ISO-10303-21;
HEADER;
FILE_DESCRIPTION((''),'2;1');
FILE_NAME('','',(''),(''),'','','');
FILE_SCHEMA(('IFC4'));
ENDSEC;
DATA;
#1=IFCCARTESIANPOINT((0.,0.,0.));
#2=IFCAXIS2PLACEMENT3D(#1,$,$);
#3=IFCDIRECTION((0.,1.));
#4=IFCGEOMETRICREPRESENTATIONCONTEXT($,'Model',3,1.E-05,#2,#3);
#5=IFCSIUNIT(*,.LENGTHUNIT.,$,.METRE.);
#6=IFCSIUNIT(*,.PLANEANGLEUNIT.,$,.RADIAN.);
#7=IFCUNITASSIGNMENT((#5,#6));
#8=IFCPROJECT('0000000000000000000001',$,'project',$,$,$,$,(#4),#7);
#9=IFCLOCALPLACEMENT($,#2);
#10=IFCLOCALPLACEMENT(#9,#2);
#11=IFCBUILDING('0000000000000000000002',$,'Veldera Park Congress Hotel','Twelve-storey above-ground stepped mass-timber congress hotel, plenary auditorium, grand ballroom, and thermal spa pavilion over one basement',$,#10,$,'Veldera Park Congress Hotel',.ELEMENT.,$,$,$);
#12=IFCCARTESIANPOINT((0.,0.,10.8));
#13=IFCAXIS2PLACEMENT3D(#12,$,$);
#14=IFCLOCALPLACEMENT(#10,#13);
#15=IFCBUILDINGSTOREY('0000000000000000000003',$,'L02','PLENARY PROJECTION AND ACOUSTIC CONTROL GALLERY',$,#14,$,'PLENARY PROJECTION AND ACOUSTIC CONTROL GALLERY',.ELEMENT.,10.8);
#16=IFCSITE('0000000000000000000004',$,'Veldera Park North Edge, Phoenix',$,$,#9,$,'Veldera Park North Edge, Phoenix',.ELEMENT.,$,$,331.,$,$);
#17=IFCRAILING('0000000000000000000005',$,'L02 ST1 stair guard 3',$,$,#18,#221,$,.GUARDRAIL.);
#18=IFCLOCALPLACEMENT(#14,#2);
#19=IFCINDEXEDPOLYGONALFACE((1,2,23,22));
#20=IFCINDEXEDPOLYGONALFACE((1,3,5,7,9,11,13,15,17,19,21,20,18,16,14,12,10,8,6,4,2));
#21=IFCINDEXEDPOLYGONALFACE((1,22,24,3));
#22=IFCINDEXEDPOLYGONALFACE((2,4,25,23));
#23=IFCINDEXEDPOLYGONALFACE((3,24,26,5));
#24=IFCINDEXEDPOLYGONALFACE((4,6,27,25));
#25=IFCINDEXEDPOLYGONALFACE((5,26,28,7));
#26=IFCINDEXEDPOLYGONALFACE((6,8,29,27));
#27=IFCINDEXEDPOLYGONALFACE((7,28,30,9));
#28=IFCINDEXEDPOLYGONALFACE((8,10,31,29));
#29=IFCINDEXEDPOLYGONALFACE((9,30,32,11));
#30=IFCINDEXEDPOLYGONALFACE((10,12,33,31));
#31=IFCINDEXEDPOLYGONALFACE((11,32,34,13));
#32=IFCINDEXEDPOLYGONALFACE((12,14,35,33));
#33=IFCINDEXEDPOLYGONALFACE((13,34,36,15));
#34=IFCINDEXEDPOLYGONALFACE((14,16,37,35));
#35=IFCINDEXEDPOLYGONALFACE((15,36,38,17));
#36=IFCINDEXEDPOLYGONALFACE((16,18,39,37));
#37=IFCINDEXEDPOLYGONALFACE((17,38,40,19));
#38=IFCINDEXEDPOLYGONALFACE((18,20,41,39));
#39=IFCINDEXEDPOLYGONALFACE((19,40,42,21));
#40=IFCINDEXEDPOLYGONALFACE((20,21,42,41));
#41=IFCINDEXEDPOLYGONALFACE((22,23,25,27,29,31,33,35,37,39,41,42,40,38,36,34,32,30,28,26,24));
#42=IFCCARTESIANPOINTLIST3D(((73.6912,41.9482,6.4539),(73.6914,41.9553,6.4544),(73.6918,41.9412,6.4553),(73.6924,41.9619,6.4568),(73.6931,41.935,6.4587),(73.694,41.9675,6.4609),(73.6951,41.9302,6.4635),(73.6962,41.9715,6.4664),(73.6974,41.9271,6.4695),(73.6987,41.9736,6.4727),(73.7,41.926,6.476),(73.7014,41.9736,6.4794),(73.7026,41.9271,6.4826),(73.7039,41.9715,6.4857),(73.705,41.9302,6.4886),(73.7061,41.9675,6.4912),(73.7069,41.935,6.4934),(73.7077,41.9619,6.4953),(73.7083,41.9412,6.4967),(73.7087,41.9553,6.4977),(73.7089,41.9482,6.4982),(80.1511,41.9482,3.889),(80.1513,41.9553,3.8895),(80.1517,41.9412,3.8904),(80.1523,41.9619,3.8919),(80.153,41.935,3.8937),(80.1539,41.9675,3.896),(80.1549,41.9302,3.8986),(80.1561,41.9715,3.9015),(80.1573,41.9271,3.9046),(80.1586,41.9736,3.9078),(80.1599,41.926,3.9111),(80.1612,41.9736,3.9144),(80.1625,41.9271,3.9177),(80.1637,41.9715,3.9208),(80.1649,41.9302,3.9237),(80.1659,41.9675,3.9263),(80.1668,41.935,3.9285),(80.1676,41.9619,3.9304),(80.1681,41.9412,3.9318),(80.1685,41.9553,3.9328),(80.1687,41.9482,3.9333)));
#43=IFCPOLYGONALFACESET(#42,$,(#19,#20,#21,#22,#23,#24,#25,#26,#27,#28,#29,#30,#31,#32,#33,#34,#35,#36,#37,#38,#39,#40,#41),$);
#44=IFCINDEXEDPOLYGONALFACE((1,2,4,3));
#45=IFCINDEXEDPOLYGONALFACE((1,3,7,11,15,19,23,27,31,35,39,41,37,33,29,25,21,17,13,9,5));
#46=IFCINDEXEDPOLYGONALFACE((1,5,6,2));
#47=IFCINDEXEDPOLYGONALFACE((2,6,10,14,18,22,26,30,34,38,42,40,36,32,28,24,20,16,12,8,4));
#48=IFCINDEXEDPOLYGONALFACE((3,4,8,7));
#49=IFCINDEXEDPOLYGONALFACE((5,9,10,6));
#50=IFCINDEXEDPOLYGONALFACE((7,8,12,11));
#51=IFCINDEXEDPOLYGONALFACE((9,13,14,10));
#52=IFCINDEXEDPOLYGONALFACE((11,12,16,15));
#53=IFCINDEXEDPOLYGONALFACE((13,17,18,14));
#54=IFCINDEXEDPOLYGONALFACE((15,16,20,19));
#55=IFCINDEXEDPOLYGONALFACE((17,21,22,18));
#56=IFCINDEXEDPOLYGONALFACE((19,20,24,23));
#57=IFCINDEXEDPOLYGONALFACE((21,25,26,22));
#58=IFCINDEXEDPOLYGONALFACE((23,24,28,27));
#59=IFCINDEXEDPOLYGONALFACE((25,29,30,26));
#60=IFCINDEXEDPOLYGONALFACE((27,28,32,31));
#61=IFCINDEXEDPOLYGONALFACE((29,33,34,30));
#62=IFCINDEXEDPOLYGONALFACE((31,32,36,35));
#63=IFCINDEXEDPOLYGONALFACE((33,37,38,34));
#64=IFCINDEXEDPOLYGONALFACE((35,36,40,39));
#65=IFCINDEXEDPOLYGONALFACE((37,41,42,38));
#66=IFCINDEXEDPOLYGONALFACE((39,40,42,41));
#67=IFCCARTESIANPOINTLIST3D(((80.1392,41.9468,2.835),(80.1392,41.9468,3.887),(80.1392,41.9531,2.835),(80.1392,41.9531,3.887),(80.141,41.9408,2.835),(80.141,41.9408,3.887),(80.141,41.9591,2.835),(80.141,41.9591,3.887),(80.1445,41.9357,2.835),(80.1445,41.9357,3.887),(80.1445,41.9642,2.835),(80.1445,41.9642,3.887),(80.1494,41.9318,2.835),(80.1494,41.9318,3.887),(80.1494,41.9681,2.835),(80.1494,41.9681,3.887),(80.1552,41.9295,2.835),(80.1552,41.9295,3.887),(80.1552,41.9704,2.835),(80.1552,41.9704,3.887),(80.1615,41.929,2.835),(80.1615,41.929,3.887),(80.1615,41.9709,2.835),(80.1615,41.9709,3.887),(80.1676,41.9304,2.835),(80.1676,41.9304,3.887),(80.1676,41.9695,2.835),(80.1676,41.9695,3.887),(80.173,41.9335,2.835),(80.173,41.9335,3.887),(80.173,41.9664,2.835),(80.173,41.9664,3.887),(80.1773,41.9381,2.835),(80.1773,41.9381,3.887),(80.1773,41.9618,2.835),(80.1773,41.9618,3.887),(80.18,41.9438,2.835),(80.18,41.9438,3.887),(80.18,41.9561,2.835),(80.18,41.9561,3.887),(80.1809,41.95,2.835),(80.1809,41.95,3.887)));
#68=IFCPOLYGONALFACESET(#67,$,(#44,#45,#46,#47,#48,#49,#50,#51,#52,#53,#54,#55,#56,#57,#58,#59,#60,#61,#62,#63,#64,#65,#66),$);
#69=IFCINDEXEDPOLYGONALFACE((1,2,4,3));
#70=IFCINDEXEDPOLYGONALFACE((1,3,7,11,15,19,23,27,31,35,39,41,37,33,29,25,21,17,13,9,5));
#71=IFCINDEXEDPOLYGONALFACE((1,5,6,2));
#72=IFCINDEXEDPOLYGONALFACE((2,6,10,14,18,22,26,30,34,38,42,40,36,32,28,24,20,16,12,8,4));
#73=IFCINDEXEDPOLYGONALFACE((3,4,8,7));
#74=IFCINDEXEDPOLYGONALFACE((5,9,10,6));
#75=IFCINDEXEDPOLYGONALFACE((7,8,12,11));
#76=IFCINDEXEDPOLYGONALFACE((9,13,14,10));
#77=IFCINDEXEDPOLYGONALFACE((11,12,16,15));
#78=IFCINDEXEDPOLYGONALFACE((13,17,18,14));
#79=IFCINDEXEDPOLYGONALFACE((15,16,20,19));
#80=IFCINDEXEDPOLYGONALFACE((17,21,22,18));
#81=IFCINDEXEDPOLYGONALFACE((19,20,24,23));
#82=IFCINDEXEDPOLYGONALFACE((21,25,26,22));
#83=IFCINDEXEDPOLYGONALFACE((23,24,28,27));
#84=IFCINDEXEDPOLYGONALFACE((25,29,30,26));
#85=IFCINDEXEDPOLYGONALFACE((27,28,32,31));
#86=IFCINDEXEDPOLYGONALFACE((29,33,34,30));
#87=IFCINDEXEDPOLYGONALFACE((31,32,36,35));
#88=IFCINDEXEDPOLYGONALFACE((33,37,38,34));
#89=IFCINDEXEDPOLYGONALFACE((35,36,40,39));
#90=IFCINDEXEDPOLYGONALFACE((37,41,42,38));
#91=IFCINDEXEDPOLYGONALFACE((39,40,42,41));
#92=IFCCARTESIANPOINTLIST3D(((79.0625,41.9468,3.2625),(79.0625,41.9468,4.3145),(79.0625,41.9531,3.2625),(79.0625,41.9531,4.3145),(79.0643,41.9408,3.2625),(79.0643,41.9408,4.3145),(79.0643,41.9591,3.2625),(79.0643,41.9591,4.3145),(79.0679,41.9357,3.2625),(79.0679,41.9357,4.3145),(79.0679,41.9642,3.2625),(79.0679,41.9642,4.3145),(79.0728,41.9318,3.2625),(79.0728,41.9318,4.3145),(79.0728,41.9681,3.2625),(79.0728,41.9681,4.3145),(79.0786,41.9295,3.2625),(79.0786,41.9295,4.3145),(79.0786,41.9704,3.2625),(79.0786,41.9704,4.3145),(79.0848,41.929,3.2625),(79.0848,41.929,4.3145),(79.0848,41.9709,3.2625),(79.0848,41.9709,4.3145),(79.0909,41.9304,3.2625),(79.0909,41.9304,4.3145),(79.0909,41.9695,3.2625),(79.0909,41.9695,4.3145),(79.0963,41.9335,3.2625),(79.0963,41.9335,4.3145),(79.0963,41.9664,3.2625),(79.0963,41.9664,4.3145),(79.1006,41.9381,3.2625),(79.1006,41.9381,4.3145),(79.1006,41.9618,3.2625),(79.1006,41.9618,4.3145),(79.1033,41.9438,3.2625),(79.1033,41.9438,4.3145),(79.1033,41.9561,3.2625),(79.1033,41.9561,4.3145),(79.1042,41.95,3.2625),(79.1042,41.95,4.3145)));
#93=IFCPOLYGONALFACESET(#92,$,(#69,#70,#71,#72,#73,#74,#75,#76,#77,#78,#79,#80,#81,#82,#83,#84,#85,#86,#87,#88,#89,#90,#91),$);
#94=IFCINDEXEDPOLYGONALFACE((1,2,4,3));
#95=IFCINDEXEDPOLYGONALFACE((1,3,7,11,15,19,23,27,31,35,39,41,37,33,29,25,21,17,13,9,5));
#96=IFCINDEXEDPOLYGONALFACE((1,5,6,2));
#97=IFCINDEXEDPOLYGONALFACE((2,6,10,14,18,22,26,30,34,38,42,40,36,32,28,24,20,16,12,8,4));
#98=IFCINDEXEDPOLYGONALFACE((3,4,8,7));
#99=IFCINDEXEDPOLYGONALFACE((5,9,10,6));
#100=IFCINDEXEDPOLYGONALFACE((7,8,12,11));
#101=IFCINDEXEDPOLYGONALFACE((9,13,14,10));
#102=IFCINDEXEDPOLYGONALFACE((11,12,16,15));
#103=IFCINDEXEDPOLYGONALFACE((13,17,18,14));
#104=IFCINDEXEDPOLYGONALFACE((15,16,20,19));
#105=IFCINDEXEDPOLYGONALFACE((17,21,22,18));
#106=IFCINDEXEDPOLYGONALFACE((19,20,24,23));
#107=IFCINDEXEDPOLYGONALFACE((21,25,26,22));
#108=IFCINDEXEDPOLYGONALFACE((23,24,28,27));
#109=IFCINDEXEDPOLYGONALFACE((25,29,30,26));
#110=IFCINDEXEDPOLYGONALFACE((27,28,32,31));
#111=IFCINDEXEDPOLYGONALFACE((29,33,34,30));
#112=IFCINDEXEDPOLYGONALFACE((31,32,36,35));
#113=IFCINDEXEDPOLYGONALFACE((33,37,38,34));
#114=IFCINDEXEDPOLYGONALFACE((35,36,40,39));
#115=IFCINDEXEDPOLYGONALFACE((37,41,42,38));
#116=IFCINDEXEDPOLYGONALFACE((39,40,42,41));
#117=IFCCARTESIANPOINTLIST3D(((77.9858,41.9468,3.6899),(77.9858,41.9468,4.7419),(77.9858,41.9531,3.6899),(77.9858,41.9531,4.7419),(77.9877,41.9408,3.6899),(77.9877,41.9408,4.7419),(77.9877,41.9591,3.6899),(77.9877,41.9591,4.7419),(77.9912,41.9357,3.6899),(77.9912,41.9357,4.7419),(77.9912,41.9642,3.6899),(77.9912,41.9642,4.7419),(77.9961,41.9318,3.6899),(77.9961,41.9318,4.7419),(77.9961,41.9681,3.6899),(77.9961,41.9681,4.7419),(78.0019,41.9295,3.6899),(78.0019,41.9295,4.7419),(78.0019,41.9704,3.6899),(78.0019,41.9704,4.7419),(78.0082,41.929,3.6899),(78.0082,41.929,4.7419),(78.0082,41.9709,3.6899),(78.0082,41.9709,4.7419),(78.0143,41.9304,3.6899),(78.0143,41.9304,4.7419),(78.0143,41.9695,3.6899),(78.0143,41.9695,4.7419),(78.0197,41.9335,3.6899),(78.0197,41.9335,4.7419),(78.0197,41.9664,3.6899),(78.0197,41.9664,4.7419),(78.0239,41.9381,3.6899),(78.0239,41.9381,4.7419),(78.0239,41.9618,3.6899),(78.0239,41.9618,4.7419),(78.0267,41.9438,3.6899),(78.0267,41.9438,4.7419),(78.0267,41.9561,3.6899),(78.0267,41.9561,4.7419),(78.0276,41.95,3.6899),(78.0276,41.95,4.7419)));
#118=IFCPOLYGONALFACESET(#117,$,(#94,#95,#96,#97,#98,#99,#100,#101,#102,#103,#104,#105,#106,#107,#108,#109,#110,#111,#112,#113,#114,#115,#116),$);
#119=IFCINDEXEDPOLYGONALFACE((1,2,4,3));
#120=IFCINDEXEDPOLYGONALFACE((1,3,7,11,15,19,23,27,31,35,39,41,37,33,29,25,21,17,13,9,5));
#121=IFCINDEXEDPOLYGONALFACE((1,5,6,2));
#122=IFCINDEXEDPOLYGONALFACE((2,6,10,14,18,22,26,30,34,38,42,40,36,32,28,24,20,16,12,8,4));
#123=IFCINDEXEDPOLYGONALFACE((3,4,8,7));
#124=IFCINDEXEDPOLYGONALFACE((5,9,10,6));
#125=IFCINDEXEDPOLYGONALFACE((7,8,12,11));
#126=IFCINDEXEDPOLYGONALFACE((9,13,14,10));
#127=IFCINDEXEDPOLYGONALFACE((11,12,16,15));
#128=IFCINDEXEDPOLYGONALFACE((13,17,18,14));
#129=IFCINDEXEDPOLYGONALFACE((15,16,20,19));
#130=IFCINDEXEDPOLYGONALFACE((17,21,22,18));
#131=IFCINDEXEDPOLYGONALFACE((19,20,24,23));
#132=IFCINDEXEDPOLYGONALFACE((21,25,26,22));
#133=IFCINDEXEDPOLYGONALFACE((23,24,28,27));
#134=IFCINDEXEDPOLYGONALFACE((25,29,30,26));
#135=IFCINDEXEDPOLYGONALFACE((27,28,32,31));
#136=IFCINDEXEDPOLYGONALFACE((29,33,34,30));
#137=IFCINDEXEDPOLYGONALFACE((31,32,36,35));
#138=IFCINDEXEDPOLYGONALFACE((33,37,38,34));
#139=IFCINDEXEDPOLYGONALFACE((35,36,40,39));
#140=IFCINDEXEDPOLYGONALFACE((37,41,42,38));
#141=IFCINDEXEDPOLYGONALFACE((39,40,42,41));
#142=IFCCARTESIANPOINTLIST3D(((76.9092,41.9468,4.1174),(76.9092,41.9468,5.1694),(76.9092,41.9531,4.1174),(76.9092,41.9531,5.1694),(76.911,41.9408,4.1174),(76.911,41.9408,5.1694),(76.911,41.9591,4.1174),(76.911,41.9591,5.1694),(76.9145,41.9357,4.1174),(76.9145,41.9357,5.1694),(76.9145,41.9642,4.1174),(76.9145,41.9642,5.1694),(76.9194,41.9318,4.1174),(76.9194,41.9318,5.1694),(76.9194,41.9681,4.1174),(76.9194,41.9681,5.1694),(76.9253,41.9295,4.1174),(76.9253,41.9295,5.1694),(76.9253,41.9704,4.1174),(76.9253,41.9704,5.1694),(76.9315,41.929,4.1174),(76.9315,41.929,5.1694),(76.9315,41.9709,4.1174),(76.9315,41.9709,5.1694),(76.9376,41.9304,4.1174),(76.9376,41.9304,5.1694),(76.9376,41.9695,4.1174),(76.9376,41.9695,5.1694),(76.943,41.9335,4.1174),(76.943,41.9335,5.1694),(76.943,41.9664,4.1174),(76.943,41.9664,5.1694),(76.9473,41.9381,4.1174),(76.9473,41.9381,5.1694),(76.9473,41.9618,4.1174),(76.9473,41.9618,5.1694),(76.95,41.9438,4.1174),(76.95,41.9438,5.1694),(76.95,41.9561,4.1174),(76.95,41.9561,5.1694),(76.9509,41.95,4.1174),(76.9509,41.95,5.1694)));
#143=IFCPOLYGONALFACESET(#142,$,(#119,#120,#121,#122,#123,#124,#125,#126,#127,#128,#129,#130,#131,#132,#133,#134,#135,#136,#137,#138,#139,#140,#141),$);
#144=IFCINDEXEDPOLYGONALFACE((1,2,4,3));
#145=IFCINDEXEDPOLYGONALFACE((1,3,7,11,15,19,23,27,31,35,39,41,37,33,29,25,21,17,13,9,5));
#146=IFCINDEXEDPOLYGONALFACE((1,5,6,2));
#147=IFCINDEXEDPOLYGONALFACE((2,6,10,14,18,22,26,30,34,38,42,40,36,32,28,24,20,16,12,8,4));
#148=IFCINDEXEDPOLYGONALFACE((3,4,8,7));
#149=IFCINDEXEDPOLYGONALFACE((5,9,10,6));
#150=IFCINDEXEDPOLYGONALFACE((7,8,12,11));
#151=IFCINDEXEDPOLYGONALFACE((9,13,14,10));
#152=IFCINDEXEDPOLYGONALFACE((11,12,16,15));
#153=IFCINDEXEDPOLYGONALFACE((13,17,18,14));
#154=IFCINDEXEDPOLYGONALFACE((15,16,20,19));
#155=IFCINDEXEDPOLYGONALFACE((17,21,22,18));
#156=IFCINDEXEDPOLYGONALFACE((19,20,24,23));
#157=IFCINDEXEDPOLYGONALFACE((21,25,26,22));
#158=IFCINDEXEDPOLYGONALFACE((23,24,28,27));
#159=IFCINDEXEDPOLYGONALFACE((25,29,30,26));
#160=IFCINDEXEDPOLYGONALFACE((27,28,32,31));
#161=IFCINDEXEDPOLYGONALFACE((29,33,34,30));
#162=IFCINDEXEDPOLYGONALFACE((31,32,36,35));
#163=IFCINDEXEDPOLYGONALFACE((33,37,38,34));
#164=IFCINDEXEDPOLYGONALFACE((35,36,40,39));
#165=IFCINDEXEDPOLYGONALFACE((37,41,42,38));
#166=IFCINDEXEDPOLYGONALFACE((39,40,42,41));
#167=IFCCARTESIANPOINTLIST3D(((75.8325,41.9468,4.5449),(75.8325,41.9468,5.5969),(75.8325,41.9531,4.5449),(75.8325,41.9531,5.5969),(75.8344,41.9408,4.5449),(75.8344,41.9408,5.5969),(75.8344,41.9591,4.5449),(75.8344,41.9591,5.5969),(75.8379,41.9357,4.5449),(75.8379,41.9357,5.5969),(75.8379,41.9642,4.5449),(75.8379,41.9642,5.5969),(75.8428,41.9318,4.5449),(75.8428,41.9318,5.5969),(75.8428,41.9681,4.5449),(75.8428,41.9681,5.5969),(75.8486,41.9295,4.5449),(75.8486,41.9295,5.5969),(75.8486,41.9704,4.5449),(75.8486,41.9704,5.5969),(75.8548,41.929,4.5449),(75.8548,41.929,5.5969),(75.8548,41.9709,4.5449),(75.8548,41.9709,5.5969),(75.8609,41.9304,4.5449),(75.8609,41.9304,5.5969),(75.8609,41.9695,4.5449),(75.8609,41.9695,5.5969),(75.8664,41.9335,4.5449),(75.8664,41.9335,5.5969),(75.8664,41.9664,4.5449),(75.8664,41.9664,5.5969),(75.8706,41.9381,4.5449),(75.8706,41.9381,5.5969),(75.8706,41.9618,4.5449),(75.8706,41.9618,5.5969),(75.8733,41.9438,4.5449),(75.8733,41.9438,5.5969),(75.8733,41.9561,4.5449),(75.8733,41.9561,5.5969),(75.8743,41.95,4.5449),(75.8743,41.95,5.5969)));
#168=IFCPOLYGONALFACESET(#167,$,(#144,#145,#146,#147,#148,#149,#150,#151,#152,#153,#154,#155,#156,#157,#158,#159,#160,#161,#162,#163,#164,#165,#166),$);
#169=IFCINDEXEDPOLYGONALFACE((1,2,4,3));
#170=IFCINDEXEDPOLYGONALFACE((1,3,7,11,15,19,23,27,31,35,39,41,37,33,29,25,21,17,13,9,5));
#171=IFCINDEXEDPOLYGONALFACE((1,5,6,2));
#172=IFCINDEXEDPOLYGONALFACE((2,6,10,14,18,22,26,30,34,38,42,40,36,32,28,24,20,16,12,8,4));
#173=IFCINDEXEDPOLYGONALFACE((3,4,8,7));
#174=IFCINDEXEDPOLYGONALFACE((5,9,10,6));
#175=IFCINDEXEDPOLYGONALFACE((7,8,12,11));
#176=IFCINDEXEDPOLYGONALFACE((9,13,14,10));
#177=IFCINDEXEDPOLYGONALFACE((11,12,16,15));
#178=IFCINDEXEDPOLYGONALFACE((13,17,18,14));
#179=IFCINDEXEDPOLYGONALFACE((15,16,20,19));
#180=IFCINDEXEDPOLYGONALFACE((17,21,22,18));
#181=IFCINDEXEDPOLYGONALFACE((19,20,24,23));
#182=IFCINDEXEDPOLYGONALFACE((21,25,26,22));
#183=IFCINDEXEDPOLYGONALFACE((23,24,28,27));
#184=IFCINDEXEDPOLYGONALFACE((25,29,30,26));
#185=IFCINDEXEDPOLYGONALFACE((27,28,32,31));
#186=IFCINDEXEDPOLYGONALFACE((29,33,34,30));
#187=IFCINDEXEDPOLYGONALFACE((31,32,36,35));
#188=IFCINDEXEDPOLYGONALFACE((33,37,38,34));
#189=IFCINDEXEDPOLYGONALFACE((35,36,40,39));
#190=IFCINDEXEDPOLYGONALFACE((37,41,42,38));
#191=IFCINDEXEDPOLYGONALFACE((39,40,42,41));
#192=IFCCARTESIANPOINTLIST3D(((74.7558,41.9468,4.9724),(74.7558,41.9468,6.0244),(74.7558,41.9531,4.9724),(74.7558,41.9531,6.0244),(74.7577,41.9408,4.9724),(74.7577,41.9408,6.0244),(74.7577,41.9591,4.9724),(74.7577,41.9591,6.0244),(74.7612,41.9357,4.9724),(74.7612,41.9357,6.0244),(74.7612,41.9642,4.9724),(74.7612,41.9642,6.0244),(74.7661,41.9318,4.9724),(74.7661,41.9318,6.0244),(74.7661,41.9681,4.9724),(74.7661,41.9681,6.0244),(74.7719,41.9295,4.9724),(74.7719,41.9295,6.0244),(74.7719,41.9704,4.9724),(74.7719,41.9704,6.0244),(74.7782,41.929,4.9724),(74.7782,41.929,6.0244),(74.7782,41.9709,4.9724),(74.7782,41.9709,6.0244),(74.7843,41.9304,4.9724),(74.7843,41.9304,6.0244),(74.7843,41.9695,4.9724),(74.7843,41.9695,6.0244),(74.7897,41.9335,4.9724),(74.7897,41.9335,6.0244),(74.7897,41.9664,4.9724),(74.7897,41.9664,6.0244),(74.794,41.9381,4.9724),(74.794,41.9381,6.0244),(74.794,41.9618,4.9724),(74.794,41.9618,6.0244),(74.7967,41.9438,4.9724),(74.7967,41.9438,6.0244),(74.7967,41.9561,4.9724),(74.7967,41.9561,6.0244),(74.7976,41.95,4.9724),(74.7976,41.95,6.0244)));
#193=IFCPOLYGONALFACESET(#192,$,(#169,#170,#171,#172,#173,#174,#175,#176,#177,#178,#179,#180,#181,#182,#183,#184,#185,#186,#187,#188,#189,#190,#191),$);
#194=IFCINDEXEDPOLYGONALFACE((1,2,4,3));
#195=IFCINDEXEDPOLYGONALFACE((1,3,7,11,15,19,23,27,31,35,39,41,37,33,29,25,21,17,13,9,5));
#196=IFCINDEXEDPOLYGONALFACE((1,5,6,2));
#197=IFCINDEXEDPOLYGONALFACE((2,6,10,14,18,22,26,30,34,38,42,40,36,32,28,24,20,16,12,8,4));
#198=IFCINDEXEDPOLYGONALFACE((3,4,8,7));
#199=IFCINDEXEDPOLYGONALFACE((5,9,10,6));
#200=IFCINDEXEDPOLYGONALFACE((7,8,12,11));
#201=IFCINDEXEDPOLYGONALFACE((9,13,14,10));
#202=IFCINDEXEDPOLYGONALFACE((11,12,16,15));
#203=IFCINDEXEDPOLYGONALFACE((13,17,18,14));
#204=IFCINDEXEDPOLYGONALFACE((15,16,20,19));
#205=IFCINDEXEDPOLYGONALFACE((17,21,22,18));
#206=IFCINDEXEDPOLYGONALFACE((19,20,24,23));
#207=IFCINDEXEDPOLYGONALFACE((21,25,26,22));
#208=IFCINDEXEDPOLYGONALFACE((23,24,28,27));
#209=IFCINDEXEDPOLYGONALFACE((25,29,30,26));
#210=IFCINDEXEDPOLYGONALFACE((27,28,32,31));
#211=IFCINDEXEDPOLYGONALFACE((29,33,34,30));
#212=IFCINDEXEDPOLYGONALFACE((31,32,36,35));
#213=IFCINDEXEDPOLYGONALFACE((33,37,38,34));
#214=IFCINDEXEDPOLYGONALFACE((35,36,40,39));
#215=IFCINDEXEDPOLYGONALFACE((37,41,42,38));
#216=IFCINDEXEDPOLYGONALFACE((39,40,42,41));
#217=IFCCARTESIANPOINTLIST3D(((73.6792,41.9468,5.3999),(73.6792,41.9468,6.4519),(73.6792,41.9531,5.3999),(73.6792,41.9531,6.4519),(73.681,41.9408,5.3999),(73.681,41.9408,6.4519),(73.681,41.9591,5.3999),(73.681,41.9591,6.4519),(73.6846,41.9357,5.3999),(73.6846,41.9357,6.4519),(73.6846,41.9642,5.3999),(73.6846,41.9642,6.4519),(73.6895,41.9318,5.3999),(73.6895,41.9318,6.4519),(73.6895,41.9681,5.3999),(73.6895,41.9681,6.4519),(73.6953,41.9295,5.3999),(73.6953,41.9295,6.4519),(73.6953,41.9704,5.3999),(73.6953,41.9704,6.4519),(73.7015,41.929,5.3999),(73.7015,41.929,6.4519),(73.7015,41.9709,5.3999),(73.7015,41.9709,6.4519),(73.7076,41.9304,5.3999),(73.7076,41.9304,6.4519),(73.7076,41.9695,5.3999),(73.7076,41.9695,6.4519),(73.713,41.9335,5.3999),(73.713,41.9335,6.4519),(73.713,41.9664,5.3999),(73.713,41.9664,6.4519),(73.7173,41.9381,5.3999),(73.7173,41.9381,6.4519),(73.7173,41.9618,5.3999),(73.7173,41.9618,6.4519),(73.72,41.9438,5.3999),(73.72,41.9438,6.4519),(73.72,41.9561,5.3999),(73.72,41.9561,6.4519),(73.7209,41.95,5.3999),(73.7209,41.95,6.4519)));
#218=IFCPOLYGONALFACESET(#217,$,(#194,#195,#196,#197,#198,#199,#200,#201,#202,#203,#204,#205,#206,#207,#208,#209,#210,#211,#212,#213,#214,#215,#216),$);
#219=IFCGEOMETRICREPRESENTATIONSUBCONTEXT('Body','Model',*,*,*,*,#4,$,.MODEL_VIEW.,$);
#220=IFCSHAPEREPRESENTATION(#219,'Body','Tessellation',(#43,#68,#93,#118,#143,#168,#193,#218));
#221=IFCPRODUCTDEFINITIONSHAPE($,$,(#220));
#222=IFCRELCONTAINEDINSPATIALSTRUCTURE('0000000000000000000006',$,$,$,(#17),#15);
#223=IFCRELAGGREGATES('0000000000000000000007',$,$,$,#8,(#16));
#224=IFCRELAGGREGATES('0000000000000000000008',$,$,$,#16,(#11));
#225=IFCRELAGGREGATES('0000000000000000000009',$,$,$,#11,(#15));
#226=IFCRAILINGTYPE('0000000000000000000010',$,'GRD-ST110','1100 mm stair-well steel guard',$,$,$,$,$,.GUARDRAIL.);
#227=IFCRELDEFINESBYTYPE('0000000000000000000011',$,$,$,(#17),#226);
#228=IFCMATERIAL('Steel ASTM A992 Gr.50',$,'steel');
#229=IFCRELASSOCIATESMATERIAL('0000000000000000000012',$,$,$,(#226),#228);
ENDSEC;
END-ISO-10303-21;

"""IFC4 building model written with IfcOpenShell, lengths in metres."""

from ifc_helpers import new_model, si_unit, direction, frame, origin, origin_2d, place, context, subcontext, project, spatial, circle, extrude, material, type_object, element, save


model = new_model("IFC4")

# Units and contexts
model_context = context("Model", 3, precision=1e-05, world=origin(), true_north=direction((0.0, 1.0)))
body_context = subcontext(model_context, "Body", "Model", "MODEL_VIEW")
ifc_project = project(units=[si_unit("LENGTHUNIT", "METRE"), si_unit("PLANEANGLEUNIT", "RADIAN")], contexts=[model_context])

# Site, building, storey
site_placement = place(None, origin())
site = spatial("IfcSite", under=ifc_project, at=site_placement, Name="Veldera Park North Edge, Phoenix", LongName="Veldera Park North Edge, Phoenix", CompositionType="ELEMENT", RefElevation=331.0)
building_placement = place(site_placement, origin())
building = spatial("IfcBuilding", under=site, at=building_placement, Name="Veldera Park Congress Hotel", Description="Twelve-storey above-ground stepped mass-timber congress hotel, plenary auditorium, grand ballroom, and thermal spa pavilion over one basement", LongName="Veldera Park Congress Hotel", CompositionType="ELEMENT")
storey_placement = place(building_placement, frame((0.0, 0.0, 10.8)))
storey = spatial("IfcBuildingStorey", under=building, at=storey_placement, Name="L02", Description="PLENARY PROJECTION AND ACOUSTIC CONTROL GALLERY", LongName="PLENARY PROJECTION AND ACOUSTIC CONTROL GALLERY", CompositionType="ELEMENT", Elevation=10.8)

# Shared definitions
ifc_material_1 = material(Name="Steel ASTM A992 Gr.50", Category="steel")

# Railing
railing_type_1 = type_object("IfcRailingType", Name="GRD-ST110", Description="1100 mm stair-well steel guard", PredefinedType="GUARDRAIL", material=ifc_material_1)
railing_1_placement = place(storey_placement, frame((80.1599, 41.95, 2.835)))
element("IfcRailing", 1, at=railing_1_placement, inside=storey, type_object=railing_type_1, Name="L02 ST1 stair guard 3", PredefinedType="GUARDRAIL", context=body_context, shape_type="SweptSolid", body=[
    extrude(circle(Radius=0.0239, at=origin_2d()), frame((0.0, 0.0, 1.0762), z_axis=(-0.929418, 0.0, 0.369028), x_axis=(0.0, -1.0, 0.0)), (0.0, 0.0, 1.0), 6.9504),
    extrude(circle(Radius=0.021, at=origin_2d()), origin(), (0.0, 0.0, 1.0), 1.052),
    extrude(circle(Radius=0.021, at=origin_2d()), frame((-1.0767, 0.0, 0.4275)), (0.0, 0.0, 1.0), 1.052),
    extrude(circle(Radius=0.021, at=origin_2d()), frame((-2.1533, 0.0, 0.855)), (0.0, 0.0, 1.0), 1.052),
    extrude(circle(Radius=0.021, at=origin_2d()), frame((-3.23, 0.0, 1.2825)), (0.0, 0.0, 1.0), 1.052),
    extrude(circle(Radius=0.021, at=origin_2d()), frame((-4.3066, 0.0, 1.71)), (0.0, 0.0, 1.0), 1.052),
    extrude(circle(Radius=0.021, at=origin_2d()), frame((-5.3833, 0.0, 2.1375)), (0.0, 0.0, 1.0), 1.052),
    extrude(circle(Radius=0.021, at=origin_2d()), frame((-6.46, 0.0, 2.5649)), (0.0, 0.0, 1.0), 1.052),
])

save(model, "model.ifc")
